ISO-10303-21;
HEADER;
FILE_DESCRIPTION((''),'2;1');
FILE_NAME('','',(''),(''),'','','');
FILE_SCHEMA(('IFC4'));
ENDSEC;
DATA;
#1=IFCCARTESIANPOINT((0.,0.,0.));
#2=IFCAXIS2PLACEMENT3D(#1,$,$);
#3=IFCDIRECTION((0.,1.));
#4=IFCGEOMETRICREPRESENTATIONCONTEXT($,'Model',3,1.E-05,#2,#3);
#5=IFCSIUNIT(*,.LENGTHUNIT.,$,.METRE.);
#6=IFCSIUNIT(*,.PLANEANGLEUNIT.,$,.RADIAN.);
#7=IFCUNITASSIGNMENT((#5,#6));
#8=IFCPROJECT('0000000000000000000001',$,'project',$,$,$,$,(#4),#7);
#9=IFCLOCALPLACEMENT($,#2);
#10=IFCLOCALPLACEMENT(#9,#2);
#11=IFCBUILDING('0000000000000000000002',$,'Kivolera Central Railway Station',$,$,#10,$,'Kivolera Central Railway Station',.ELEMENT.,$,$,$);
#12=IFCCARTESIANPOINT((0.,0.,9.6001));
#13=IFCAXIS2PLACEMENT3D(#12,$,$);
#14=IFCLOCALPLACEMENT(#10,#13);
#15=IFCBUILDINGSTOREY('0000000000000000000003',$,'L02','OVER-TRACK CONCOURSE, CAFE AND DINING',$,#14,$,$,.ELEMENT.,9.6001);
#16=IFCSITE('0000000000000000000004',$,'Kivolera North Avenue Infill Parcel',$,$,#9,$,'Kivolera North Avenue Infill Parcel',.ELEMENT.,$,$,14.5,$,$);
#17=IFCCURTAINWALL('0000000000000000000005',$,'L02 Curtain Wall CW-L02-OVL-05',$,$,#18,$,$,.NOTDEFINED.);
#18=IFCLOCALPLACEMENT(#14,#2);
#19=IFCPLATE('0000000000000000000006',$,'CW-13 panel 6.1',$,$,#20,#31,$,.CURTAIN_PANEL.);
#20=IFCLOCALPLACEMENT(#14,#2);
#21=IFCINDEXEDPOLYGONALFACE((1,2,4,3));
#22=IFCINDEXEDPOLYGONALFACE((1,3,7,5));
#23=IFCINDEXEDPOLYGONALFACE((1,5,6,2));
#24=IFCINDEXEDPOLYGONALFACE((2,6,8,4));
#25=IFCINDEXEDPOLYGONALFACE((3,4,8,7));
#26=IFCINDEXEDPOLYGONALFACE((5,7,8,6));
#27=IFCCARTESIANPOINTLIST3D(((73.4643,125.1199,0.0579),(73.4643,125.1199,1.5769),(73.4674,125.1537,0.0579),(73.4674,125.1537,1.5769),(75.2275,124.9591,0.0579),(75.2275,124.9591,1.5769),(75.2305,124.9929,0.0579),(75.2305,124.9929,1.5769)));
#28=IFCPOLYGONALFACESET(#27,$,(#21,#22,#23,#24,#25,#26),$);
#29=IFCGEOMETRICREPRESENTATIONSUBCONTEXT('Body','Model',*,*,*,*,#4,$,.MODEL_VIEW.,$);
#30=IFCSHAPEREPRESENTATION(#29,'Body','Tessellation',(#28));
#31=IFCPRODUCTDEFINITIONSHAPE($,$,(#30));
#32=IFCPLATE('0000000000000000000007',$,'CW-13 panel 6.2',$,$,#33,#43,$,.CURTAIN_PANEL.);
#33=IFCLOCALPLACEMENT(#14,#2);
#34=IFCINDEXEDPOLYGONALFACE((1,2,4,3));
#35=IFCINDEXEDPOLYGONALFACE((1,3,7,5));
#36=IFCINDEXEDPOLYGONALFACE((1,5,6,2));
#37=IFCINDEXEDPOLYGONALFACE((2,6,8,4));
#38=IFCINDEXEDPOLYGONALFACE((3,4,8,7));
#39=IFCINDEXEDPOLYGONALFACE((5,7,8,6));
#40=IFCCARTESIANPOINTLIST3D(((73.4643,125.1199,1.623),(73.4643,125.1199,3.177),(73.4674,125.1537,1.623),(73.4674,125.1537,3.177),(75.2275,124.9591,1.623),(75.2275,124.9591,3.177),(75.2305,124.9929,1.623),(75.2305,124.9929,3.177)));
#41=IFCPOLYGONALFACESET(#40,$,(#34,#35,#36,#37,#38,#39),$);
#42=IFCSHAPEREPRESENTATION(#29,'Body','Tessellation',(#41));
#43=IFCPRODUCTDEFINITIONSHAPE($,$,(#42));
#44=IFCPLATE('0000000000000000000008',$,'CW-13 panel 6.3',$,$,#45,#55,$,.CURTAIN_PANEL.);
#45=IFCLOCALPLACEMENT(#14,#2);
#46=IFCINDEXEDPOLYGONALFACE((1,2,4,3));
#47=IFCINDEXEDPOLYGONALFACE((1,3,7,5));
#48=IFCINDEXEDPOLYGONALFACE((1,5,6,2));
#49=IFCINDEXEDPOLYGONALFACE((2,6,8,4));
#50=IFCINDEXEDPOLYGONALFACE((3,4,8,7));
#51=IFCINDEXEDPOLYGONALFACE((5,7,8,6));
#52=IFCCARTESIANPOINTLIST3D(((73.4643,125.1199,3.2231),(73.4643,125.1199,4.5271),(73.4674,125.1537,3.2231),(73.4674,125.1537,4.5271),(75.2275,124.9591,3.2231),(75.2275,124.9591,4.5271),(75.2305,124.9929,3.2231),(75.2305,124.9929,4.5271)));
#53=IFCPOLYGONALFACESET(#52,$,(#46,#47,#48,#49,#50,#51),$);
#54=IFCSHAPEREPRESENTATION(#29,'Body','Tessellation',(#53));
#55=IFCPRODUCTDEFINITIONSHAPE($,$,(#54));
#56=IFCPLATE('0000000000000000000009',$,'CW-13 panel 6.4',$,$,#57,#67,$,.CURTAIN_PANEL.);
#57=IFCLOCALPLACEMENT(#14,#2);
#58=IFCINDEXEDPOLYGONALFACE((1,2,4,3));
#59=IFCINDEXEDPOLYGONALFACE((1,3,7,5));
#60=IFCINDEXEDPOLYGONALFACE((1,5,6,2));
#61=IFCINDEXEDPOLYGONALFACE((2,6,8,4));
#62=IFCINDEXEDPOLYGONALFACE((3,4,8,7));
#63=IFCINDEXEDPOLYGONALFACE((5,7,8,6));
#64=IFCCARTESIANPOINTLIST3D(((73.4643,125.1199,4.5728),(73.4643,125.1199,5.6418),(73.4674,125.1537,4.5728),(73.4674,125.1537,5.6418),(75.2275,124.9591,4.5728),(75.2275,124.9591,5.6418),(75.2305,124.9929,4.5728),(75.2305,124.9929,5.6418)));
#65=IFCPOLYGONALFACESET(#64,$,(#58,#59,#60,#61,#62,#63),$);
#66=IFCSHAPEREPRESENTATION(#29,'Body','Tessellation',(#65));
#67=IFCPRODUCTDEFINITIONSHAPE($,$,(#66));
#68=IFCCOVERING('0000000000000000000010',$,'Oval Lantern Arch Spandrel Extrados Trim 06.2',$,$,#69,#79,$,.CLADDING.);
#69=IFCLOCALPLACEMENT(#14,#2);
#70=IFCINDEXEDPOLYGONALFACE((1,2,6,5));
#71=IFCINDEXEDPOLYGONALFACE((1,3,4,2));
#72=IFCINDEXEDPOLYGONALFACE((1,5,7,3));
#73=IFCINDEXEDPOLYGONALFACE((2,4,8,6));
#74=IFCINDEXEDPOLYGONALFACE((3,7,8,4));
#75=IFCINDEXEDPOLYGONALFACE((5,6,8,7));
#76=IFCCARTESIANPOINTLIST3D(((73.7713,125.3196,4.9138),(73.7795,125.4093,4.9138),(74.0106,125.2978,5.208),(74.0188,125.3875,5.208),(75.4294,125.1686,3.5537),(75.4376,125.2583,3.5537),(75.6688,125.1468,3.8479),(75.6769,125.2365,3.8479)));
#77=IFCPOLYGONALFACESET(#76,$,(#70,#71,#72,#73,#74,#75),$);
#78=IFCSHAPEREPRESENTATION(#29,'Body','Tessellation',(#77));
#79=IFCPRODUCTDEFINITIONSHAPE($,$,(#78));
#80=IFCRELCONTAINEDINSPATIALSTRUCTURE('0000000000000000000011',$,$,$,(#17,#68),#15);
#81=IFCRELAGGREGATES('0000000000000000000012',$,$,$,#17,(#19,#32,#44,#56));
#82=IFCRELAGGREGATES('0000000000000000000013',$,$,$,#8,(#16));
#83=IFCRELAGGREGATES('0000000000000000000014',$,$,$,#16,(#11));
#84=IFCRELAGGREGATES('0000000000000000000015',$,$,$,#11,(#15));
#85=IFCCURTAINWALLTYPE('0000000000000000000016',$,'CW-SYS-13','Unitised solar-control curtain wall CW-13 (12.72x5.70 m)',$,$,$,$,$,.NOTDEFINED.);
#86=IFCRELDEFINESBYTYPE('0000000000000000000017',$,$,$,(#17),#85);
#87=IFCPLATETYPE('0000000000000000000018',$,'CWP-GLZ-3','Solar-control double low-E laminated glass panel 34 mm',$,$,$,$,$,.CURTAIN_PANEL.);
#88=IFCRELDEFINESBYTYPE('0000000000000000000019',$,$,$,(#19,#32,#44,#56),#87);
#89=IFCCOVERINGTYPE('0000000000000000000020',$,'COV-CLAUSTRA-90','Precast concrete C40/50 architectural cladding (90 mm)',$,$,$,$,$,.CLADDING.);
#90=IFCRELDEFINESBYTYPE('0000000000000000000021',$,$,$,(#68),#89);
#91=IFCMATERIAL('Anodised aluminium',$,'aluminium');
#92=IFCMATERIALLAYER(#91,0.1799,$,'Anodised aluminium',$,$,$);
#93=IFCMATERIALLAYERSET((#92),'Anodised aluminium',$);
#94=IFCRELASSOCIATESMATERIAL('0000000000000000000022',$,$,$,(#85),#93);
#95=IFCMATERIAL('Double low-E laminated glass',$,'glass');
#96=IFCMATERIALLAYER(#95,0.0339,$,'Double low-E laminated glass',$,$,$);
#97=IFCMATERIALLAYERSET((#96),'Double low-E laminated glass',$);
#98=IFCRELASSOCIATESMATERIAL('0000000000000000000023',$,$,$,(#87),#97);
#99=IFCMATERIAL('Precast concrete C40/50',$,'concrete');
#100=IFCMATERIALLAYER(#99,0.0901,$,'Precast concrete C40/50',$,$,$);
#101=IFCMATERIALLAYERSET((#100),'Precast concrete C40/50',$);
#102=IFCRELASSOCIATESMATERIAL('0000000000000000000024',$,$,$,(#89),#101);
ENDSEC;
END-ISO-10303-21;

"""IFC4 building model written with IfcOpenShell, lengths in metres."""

from ifc_helpers import new_model, si_unit, direction, frame, origin, origin_2d, place, context, subcontext, project, spatial, rectangle, extrude, material, layer, layer_set, type_object, element, aggregate, save


model = new_model("IFC4")

# Units and contexts
model_context = context("Model", 3, precision=1e-05, world=origin(), true_north=direction((0.0, 1.0)))
body_context = subcontext(model_context, "Body", "Model", "MODEL_VIEW")
ifc_project = project(units=[si_unit("LENGTHUNIT", "METRE"), si_unit("PLANEANGLEUNIT", "RADIAN")], contexts=[model_context])

# Site, building, storey
site_placement = place(None, origin())
site = spatial("IfcSite", under=ifc_project, at=site_placement, Name="Kivolera North Avenue Infill Parcel", LongName="Kivolera North Avenue Infill Parcel", CompositionType="ELEMENT", RefElevation=14.5)
building_placement = place(site_placement, origin())
building = spatial("IfcBuilding", under=site, at=building_placement, Name="Kivolera Central Railway Station", LongName="Kivolera Central Railway Station", CompositionType="ELEMENT")
storey_placement = place(building_placement, frame((0.0, 0.0, 9.6001)))
storey = spatial("IfcBuildingStorey", under=building, at=storey_placement, Name="L02", Description="OVER-TRACK CONCOURSE, CAFE AND DINING", CompositionType="ELEMENT", Elevation=9.6001)

# Curtain wall, plates
ifc_material_1 = material(Name="Anodised aluminium", Category="aluminium")
ifc_layer_1 = layer(ifc_material_1, 0.1799, Name="Anodised aluminium")
ifc_layer_set_1 = layer_set([ifc_layer_1], Name="Anodised aluminium")
curtain_wall_type = type_object("IfcCurtainWallType", Name="CW-SYS-13", Description="Unitised solar-control curtain wall CW-13 (12.72x5.70 m)", PredefinedType="NOTDEFINED", material=ifc_layer_set_1)
curtain_wall_placement = place(storey_placement, origin())
curtain_wall = element("IfcCurtainWall", 1, at=curtain_wall_placement, inside=storey, type_object=curtain_wall_type, Name="L02 Curtain Wall CW-L02-OVL-05", PredefinedType="NOTDEFINED")
ifc_material_2 = material(Name="Double low-E laminated glass", Category="glass")
ifc_layer_2 = layer(ifc_material_2, 0.0339, Name="Double low-E laminated glass")
ifc_layer_set_2 = layer_set([ifc_layer_2], Name="Double low-E laminated glass")
plate_type = type_object("IfcPlateType", Name="CWP-GLZ-3", Description="Solar-control double low-E laminated glass panel 34 mm", PredefinedType="CURTAIN_PANEL", material=ifc_layer_set_2)
plate_1_placement = place(storey_placement, frame((74.3474, 125.0564, 0.0579), z_axis=(0.0, 0.0, 1.0), x_axis=(0.995866, -0.090834, 0.0)))
plate_1 = element("IfcPlate", 2, at=plate_1_placement, type_object=plate_type, Name="CW-13 panel 6.1", PredefinedType="CURTAIN_PANEL", context=body_context, shape_type="SweptSolid", body=[
    extrude(rectangle(XDim=1.7705, YDim=0.0339, at=origin_2d()), origin(), (0.0, 0.0, 1.0), 1.519),
])
plate_2_placement = place(storey_placement, frame((74.3474, 125.0564, 1.623), z_axis=(0.0, 0.0, 1.0), x_axis=(0.995866, -0.090834, 0.0)))
plate_2 = element("IfcPlate", 3, at=plate_2_placement, type_object=plate_type, Name="CW-13 panel 6.2", PredefinedType="CURTAIN_PANEL", context=body_context, shape_type="SweptSolid", body=[
    extrude(rectangle(XDim=1.7705, YDim=0.0339, at=origin_2d()), origin(), (0.0, 0.0, 1.0), 1.554),
])
plate_3_placement = place(storey_placement, frame((74.3474, 125.0564, 3.2231), z_axis=(0.0, 0.0, 1.0), x_axis=(0.995866, -0.090834, 0.0)))
plate_3 = element("IfcPlate", 4, at=plate_3_placement, type_object=plate_type, Name="CW-13 panel 6.3", PredefinedType="CURTAIN_PANEL", context=body_context, shape_type="SweptSolid", body=[
    extrude(rectangle(XDim=1.7705, YDim=0.0339, at=origin_2d()), origin(), (0.0, 0.0, 1.0), 1.304),
])
plate_4_placement = place(storey_placement, frame((74.3474, 125.0564, 4.5728), z_axis=(0.0, 0.0, 1.0), x_axis=(0.995866, -0.090834, 0.0)))
plate_4 = element("IfcPlate", 5, at=plate_4_placement, type_object=plate_type, Name="CW-13 panel 6.4", PredefinedType="CURTAIN_PANEL", context=body_context, shape_type="SweptSolid", body=[
    extrude(rectangle(XDim=1.7705, YDim=0.0339, at=origin_2d()), origin(), (0.0, 0.0, 1.0), 1.0691),
])
aggregate(curtain_wall, [plate_1, plate_2, plate_3, plate_4])

# Covering
ifc_material_3 = material(Name="Precast concrete C40/50", Category="concrete")
ifc_layer_3 = layer(ifc_material_3, 0.0901, Name="Precast concrete C40/50")
ifc_layer_set_3 = layer_set([ifc_layer_3], Name="Precast concrete C40/50")
covering_type = type_object("IfcCoveringType", Name="COV-CLAUSTRA-90", Description="Precast concrete C40/50 architectural cladding (90 mm)", PredefinedType="CLADDING", material=ifc_layer_set_3)
covering_placement = place(storey_placement, frame((74.7241, 125.2781, 4.3809), z_axis=(-0.771257, 0.070241, 0.632636), x_axis=(0.090789, 0.99587, 0.0)))
element("IfcCovering", 6, at=covering_placement, inside=storey, type_object=covering_type, Name="Oval Lantern Arch Spandrel Extrados Trim 06.2", PredefinedType="CLADDING", context=body_context, shape_type="SweptSolid", body=[
    extrude(rectangle(XDim=0.0901, YDim=0.3799, at=origin_2d()), frame((0.0, 0.0, -1.075)), (0.0, 0.0, 1.0), 2.1499),
])

save(model, "model.ifc")
